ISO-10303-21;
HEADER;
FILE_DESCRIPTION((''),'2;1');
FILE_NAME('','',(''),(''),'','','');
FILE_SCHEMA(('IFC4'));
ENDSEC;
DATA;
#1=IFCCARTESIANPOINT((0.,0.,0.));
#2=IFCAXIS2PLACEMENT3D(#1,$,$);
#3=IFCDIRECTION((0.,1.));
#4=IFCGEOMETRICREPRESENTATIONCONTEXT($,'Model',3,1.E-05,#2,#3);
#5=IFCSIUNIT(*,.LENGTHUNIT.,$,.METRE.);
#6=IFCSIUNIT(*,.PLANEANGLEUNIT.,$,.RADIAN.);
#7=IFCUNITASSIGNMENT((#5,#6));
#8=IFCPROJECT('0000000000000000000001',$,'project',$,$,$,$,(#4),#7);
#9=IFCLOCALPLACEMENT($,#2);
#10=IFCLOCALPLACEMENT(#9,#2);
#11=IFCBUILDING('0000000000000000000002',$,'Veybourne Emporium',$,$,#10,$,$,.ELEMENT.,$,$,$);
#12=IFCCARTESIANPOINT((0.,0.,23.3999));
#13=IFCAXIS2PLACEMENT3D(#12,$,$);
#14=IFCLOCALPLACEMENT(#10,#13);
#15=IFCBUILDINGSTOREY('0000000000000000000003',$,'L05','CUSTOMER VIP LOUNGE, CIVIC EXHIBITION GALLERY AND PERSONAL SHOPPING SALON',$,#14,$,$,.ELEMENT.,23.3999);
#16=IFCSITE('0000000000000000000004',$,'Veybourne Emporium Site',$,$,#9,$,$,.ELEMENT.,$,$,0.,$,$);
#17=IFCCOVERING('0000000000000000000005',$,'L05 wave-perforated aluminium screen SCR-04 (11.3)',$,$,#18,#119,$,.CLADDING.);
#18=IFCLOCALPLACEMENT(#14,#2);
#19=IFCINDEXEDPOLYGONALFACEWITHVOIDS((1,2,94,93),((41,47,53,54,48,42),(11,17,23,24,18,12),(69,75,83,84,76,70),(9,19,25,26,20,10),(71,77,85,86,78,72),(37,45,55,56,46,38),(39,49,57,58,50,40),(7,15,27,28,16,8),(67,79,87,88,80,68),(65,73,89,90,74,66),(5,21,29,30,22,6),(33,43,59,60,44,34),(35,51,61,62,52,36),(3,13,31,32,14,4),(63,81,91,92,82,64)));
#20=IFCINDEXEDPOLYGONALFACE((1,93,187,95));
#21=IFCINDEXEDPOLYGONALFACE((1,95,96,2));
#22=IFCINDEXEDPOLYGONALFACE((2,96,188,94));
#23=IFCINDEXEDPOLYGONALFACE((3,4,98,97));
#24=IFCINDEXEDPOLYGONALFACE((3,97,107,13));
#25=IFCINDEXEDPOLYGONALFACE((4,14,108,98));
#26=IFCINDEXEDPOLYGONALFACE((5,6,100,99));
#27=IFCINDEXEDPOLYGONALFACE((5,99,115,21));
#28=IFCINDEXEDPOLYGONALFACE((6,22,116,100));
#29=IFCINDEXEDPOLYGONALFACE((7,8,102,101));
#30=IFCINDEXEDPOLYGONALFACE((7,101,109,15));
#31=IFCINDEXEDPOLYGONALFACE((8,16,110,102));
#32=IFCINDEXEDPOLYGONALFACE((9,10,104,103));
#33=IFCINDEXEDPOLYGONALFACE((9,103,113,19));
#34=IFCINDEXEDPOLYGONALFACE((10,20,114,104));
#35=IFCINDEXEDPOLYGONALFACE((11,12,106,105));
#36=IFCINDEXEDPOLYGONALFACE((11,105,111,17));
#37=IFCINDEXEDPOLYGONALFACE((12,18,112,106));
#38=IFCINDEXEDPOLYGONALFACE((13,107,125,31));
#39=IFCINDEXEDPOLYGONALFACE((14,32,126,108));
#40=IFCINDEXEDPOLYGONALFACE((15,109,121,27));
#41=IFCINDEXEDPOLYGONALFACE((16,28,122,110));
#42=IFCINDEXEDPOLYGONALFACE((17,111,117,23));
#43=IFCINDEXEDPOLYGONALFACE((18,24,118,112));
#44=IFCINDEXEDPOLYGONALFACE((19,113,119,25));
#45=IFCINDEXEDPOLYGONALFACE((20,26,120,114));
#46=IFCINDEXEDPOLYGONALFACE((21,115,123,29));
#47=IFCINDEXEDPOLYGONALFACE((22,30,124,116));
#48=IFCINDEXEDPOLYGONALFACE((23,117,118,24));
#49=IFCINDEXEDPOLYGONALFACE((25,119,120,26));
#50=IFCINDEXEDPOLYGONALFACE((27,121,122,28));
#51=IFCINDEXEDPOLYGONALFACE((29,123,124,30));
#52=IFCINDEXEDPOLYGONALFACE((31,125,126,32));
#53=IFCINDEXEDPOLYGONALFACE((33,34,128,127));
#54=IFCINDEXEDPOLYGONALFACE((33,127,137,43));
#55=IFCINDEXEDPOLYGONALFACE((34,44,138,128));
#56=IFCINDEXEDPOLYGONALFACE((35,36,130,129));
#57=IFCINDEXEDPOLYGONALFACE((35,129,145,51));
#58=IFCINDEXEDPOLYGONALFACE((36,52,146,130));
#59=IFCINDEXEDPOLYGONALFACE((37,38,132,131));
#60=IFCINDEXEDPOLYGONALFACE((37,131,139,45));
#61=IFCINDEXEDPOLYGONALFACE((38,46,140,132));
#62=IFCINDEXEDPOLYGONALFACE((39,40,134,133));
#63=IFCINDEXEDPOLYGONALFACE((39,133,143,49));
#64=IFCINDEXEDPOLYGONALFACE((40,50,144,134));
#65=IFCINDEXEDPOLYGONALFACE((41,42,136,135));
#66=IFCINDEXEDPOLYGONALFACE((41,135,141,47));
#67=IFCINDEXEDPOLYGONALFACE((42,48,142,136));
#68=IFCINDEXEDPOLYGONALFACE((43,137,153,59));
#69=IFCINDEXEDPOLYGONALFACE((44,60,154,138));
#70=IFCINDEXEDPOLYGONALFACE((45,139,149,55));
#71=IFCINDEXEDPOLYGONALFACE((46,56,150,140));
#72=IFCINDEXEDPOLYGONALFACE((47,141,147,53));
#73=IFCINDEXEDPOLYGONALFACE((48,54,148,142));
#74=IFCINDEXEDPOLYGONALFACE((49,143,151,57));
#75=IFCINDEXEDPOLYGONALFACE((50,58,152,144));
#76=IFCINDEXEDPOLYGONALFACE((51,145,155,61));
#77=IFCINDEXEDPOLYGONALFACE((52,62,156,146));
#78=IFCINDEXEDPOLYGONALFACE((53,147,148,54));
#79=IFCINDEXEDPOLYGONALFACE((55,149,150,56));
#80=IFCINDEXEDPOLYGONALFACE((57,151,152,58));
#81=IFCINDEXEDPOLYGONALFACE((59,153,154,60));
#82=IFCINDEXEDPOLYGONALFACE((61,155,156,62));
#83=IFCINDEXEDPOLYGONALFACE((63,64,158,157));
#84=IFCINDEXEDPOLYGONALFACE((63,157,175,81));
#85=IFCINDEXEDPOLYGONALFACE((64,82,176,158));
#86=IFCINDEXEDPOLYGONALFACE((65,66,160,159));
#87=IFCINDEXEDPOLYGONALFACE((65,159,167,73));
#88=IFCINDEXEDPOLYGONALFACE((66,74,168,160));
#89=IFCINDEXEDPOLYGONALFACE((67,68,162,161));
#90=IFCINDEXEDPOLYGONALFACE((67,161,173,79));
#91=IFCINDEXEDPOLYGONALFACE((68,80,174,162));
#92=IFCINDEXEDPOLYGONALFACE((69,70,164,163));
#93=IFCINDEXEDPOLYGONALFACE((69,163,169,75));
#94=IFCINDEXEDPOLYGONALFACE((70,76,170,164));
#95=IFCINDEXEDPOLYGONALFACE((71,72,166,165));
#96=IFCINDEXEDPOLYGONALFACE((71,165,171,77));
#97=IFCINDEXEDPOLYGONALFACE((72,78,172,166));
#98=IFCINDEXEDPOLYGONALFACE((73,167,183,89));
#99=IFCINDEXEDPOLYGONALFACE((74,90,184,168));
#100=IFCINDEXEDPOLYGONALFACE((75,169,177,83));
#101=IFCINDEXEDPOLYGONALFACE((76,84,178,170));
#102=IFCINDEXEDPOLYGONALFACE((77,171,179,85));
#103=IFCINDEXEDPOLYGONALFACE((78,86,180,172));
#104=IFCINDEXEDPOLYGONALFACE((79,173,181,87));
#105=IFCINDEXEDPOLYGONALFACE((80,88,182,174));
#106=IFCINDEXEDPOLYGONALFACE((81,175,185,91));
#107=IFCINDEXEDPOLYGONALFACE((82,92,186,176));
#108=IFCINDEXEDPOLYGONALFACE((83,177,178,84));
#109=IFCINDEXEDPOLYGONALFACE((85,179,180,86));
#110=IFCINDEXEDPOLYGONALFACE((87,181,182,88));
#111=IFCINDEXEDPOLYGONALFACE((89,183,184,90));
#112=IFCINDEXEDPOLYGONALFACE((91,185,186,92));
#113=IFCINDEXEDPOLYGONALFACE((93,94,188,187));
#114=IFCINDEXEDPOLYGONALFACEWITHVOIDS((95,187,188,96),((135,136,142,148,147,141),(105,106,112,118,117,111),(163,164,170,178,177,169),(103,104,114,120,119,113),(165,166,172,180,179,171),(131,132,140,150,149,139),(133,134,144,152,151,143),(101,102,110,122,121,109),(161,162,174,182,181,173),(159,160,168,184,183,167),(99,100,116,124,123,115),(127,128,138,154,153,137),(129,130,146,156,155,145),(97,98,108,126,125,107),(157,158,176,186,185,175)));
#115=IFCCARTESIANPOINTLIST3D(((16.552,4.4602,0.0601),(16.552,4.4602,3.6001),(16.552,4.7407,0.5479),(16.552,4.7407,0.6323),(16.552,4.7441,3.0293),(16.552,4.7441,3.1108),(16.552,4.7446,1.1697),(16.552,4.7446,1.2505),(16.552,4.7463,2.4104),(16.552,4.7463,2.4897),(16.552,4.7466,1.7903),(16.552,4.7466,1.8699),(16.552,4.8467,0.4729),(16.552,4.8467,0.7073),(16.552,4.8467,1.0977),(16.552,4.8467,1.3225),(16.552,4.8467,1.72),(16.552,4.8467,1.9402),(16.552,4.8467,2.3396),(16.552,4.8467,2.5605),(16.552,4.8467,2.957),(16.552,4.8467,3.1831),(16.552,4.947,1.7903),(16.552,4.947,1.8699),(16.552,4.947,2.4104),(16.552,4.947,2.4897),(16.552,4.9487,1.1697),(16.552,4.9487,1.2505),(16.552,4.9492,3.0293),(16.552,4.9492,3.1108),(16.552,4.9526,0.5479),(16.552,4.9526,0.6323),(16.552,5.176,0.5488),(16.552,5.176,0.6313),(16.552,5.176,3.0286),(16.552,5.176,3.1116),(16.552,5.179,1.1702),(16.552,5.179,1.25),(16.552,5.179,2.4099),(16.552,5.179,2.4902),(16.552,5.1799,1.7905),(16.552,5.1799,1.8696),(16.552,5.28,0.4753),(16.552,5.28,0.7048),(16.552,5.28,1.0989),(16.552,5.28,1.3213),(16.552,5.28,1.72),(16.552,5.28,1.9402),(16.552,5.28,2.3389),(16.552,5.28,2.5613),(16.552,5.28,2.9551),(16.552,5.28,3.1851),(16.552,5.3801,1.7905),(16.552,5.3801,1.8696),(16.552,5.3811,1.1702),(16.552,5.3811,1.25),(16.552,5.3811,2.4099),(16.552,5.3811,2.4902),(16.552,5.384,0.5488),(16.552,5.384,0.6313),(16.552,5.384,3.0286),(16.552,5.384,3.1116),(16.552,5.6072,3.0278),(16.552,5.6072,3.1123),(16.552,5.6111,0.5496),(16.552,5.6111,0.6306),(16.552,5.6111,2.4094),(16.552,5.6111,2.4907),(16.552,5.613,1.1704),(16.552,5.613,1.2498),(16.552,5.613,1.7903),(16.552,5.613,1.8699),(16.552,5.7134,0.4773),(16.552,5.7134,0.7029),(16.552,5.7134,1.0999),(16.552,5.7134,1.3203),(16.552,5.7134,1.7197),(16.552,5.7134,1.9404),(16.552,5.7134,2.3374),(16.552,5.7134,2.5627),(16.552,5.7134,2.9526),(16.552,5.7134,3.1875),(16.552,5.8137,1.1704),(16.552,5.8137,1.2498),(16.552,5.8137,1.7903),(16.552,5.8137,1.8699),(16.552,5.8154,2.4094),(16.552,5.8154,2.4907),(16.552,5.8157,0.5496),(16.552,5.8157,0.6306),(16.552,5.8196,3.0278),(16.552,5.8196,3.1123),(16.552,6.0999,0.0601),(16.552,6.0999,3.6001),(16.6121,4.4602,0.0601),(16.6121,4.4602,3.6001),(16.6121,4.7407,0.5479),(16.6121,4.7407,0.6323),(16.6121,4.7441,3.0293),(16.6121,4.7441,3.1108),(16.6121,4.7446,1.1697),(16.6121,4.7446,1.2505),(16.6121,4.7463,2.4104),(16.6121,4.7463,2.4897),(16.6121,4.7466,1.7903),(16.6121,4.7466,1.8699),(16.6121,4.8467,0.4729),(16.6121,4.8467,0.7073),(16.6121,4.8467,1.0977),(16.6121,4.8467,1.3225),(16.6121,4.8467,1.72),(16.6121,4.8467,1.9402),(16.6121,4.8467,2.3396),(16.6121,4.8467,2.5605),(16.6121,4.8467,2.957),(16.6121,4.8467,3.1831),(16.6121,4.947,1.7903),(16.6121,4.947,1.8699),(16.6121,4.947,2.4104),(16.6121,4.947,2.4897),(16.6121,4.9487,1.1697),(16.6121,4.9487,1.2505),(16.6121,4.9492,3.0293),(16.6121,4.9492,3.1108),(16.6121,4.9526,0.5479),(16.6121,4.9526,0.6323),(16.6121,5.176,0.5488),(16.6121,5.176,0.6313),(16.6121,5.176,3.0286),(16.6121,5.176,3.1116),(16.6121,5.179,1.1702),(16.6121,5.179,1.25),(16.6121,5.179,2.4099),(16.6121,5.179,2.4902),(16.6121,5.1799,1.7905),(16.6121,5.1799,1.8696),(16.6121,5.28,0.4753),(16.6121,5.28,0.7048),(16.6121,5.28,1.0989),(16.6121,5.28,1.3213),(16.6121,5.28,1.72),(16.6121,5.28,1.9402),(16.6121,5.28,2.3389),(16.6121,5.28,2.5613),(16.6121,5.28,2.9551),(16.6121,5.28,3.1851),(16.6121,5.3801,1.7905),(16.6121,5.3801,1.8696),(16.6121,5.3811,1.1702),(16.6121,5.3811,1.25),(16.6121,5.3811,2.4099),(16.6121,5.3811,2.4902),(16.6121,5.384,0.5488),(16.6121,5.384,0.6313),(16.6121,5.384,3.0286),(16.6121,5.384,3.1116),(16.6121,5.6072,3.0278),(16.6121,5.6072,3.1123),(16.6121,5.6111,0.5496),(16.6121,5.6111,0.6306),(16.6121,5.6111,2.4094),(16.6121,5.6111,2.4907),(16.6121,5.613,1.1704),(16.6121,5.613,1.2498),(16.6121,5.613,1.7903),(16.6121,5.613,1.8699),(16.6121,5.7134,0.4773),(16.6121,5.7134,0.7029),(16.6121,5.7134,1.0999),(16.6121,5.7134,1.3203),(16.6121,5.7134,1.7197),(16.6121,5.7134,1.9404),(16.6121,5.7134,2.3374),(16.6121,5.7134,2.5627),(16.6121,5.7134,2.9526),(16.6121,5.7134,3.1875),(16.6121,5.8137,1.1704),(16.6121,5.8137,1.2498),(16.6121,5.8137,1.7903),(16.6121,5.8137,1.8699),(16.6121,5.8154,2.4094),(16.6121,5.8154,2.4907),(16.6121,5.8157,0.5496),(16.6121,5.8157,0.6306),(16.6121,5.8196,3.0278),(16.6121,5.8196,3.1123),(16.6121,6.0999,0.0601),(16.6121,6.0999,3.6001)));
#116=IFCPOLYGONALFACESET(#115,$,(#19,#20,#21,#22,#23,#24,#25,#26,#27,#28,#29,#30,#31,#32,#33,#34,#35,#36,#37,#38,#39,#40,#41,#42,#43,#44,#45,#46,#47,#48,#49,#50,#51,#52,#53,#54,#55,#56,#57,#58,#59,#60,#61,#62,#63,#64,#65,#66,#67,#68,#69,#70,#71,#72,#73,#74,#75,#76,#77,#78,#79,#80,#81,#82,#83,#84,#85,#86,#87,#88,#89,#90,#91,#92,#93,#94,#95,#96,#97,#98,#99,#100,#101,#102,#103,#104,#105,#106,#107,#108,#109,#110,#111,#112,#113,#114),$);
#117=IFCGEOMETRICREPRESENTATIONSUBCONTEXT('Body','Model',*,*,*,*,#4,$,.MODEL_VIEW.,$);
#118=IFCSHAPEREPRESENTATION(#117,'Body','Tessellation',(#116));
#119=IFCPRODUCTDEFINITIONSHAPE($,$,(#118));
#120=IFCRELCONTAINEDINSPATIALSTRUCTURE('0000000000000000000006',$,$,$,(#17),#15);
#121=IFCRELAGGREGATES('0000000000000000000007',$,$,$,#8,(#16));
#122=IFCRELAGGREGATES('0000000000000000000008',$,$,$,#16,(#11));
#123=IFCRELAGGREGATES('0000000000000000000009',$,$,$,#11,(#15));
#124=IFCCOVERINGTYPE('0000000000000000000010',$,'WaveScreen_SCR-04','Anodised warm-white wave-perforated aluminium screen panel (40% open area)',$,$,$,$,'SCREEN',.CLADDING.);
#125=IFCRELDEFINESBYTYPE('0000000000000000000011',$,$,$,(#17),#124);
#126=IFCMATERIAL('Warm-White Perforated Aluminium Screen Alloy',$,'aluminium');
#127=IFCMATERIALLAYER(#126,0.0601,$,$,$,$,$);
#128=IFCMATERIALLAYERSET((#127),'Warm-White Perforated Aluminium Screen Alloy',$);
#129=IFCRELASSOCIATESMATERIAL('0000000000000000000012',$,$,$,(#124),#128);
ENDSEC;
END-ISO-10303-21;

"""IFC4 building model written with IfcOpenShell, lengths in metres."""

from ifc_helpers import new_model, si_unit, direction, frame, origin, place, context, subcontext, project, spatial, polyline, outline, extrude, material, layer, layer_set, type_object, element, save


model = new_model("IFC4")

# Units and contexts
model_context = context("Model", 3, precision=1e-05, world=origin(), true_north=direction((0.0, 1.0)))
body_context = subcontext(model_context, "Body", "Model", "MODEL_VIEW")
ifc_project = project(units=[si_unit("LENGTHUNIT", "METRE"), si_unit("PLANEANGLEUNIT", "RADIAN")], contexts=[model_context])

# Site, building, storey
site_placement = place(None, origin())
site = spatial("IfcSite", under=ifc_project, at=site_placement, Name="Veybourne Emporium Site", CompositionType="ELEMENT", RefElevation=0.0)
building_placement = place(site_placement, origin())
building = spatial("IfcBuilding", under=site, at=building_placement, Name="Veybourne Emporium", CompositionType="ELEMENT")
storey_placement = place(building_placement, frame((0.0, 0.0, 23.3999)))
storey = spatial("IfcBuildingStorey", under=building, at=storey_placement, Name="L05", Description="CUSTOMER VIP LOUNGE, CIVIC EXHIBITION GALLERY AND PERSONAL SHOPPING SALON", CompositionType="ELEMENT", Elevation=23.3999)

# Covering
ifc_material_1 = material(Name="Warm-White Perforated Aluminium Screen Alloy", Category="aluminium")
ifc_layer_1 = layer(ifc_material_1, 0.0601)
ifc_layer_set_1 = layer_set([ifc_layer_1], Name="Warm-White Perforated Aluminium Screen Alloy")
covering_type_1 = type_object("IfcCoveringType", Name="WaveScreen_SCR-04", Description="Anodised warm-white wave-perforated aluminium screen panel (40% open area)", ElementType="SCREEN", PredefinedType="CLADDING", material=ifc_layer_set_1)
covering_1_placement = place(storey_placement, frame((16.552, 5.28, 1.8301), z_axis=(1.0, 0.0, 0.0), x_axis=(0.0, 1.0, 0.0)))
element("IfcCovering", 1, at=covering_1_placement, inside=storey, type_object=covering_type_1, Name="L05 wave-perforated aluminium screen SCR-04 (11.3)", PredefinedType="CLADDING", context=body_context, shape_type="SweptSolid", body=[
    extrude(outline(polyline([(-0.8198, -1.77), (0.8198, -1.77), (0.8198, 1.77), (-0.8198, 1.77), (-0.8198, -1.77)]), holes=[polyline([(-0.4333, -1.1228), (-0.3274, -1.1978), (-0.3274, -1.2822), (-0.4333, -1.3572), (-0.5393, -1.2822), (-0.5393, -1.1978), (-0.4333, -1.1228)]), polyline([(-0.4333, -0.5076), (-0.3313, -0.5796), (-0.3313, -0.6604), (-0.4333, -0.7324), (-0.5354, -0.6604), (-0.5354, -0.5796), (-0.4333, -0.5076)]), polyline([(-0.4333, 0.1101), (-0.333, 0.0398), (-0.333, -0.0398), (-0.4333, -0.1101), (-0.5334, -0.0398), (-0.5334, 0.0398), (-0.4333, 0.1101)]), polyline([(-0.4333, 0.7305), (-0.333, 0.6597), (-0.333, 0.5803), (-0.4333, 0.5095), (-0.5337, 0.5803), (-0.5337, 0.6597), (-0.4333, 0.7305)]), polyline([(-0.4333, 1.353), (-0.3308, 1.2808), (-0.3308, 1.1992), (-0.4333, 1.127), (-0.5359, 1.1992), (-0.5359, 1.2808), (-0.4333, 1.353)]), polyline([(0.0, -1.1252), (0.104, -1.1987), (0.104, -1.2812), (0.0, -1.3547), (-0.104, -1.2812), (-0.104, -1.1987), (0.0, -1.1252)]), polyline([(0.0, -0.5088), (0.1011, -0.5801), (0.1011, -0.6599), (0.0, -0.7312), (-0.1011, -0.6599), (-0.1011, -0.5801), (0.0, -0.5088)]), polyline([(0.0, 0.1101), (0.1001, 0.0396), (0.1001, -0.0396), (0.0, -0.1101), (-0.1001, -0.0396), (-0.1001, 0.0396), (0.0, 0.1101)]), polyline([(0.0, 0.7312), (0.1011, 0.6602), (0.1011, 0.5798), (0.0, 0.5088), (-0.1011, 0.5798), (-0.1011, 0.6602), (0.0, 0.7312)]), polyline([(0.0, 1.355), (0.104, 1.2815), (0.104, 1.1985), (0.0, 1.125), (-0.104, 1.1985), (-0.104, 1.2815), (0.0, 1.355)]), polyline([(0.4333, -1.1272), (0.5356, -1.1995), (0.5356, -1.2805), (0.4333, -1.3528), (0.3311, -1.2805), (0.3311, -1.1995), (0.4333, -1.1272)]), polyline([(0.4333, -0.5098), (0.5337, -0.5803), (0.5337, -0.6597), (0.4333, -0.7302), (0.333, -0.6597), (0.333, -0.5803), (0.4333, -0.5098)]), polyline([(0.4333, 0.1104), (0.5337, 0.0398), (0.5337, -0.0398), (0.4333, -0.1104), (0.333, -0.0398), (0.333, 0.0398), (0.4333, 0.1104)]), polyline([(0.4333, 0.7327), (0.5354, 0.6606), (0.5354, 0.5793), (0.4333, 0.5073), (0.3311, 0.5793), (0.3311, 0.6606), (0.4333, 0.7327)]), polyline([(0.4333, 1.3574), (0.5396, 1.2822), (0.5396, 1.1978), (0.4333, 1.1226), (0.3271, 1.1978), (0.3271, 1.2822), (0.4333, 1.3574)])]), origin(), (0.0, 0.0, 1.0), 0.0601),
])

save(model, "model.ifc")
